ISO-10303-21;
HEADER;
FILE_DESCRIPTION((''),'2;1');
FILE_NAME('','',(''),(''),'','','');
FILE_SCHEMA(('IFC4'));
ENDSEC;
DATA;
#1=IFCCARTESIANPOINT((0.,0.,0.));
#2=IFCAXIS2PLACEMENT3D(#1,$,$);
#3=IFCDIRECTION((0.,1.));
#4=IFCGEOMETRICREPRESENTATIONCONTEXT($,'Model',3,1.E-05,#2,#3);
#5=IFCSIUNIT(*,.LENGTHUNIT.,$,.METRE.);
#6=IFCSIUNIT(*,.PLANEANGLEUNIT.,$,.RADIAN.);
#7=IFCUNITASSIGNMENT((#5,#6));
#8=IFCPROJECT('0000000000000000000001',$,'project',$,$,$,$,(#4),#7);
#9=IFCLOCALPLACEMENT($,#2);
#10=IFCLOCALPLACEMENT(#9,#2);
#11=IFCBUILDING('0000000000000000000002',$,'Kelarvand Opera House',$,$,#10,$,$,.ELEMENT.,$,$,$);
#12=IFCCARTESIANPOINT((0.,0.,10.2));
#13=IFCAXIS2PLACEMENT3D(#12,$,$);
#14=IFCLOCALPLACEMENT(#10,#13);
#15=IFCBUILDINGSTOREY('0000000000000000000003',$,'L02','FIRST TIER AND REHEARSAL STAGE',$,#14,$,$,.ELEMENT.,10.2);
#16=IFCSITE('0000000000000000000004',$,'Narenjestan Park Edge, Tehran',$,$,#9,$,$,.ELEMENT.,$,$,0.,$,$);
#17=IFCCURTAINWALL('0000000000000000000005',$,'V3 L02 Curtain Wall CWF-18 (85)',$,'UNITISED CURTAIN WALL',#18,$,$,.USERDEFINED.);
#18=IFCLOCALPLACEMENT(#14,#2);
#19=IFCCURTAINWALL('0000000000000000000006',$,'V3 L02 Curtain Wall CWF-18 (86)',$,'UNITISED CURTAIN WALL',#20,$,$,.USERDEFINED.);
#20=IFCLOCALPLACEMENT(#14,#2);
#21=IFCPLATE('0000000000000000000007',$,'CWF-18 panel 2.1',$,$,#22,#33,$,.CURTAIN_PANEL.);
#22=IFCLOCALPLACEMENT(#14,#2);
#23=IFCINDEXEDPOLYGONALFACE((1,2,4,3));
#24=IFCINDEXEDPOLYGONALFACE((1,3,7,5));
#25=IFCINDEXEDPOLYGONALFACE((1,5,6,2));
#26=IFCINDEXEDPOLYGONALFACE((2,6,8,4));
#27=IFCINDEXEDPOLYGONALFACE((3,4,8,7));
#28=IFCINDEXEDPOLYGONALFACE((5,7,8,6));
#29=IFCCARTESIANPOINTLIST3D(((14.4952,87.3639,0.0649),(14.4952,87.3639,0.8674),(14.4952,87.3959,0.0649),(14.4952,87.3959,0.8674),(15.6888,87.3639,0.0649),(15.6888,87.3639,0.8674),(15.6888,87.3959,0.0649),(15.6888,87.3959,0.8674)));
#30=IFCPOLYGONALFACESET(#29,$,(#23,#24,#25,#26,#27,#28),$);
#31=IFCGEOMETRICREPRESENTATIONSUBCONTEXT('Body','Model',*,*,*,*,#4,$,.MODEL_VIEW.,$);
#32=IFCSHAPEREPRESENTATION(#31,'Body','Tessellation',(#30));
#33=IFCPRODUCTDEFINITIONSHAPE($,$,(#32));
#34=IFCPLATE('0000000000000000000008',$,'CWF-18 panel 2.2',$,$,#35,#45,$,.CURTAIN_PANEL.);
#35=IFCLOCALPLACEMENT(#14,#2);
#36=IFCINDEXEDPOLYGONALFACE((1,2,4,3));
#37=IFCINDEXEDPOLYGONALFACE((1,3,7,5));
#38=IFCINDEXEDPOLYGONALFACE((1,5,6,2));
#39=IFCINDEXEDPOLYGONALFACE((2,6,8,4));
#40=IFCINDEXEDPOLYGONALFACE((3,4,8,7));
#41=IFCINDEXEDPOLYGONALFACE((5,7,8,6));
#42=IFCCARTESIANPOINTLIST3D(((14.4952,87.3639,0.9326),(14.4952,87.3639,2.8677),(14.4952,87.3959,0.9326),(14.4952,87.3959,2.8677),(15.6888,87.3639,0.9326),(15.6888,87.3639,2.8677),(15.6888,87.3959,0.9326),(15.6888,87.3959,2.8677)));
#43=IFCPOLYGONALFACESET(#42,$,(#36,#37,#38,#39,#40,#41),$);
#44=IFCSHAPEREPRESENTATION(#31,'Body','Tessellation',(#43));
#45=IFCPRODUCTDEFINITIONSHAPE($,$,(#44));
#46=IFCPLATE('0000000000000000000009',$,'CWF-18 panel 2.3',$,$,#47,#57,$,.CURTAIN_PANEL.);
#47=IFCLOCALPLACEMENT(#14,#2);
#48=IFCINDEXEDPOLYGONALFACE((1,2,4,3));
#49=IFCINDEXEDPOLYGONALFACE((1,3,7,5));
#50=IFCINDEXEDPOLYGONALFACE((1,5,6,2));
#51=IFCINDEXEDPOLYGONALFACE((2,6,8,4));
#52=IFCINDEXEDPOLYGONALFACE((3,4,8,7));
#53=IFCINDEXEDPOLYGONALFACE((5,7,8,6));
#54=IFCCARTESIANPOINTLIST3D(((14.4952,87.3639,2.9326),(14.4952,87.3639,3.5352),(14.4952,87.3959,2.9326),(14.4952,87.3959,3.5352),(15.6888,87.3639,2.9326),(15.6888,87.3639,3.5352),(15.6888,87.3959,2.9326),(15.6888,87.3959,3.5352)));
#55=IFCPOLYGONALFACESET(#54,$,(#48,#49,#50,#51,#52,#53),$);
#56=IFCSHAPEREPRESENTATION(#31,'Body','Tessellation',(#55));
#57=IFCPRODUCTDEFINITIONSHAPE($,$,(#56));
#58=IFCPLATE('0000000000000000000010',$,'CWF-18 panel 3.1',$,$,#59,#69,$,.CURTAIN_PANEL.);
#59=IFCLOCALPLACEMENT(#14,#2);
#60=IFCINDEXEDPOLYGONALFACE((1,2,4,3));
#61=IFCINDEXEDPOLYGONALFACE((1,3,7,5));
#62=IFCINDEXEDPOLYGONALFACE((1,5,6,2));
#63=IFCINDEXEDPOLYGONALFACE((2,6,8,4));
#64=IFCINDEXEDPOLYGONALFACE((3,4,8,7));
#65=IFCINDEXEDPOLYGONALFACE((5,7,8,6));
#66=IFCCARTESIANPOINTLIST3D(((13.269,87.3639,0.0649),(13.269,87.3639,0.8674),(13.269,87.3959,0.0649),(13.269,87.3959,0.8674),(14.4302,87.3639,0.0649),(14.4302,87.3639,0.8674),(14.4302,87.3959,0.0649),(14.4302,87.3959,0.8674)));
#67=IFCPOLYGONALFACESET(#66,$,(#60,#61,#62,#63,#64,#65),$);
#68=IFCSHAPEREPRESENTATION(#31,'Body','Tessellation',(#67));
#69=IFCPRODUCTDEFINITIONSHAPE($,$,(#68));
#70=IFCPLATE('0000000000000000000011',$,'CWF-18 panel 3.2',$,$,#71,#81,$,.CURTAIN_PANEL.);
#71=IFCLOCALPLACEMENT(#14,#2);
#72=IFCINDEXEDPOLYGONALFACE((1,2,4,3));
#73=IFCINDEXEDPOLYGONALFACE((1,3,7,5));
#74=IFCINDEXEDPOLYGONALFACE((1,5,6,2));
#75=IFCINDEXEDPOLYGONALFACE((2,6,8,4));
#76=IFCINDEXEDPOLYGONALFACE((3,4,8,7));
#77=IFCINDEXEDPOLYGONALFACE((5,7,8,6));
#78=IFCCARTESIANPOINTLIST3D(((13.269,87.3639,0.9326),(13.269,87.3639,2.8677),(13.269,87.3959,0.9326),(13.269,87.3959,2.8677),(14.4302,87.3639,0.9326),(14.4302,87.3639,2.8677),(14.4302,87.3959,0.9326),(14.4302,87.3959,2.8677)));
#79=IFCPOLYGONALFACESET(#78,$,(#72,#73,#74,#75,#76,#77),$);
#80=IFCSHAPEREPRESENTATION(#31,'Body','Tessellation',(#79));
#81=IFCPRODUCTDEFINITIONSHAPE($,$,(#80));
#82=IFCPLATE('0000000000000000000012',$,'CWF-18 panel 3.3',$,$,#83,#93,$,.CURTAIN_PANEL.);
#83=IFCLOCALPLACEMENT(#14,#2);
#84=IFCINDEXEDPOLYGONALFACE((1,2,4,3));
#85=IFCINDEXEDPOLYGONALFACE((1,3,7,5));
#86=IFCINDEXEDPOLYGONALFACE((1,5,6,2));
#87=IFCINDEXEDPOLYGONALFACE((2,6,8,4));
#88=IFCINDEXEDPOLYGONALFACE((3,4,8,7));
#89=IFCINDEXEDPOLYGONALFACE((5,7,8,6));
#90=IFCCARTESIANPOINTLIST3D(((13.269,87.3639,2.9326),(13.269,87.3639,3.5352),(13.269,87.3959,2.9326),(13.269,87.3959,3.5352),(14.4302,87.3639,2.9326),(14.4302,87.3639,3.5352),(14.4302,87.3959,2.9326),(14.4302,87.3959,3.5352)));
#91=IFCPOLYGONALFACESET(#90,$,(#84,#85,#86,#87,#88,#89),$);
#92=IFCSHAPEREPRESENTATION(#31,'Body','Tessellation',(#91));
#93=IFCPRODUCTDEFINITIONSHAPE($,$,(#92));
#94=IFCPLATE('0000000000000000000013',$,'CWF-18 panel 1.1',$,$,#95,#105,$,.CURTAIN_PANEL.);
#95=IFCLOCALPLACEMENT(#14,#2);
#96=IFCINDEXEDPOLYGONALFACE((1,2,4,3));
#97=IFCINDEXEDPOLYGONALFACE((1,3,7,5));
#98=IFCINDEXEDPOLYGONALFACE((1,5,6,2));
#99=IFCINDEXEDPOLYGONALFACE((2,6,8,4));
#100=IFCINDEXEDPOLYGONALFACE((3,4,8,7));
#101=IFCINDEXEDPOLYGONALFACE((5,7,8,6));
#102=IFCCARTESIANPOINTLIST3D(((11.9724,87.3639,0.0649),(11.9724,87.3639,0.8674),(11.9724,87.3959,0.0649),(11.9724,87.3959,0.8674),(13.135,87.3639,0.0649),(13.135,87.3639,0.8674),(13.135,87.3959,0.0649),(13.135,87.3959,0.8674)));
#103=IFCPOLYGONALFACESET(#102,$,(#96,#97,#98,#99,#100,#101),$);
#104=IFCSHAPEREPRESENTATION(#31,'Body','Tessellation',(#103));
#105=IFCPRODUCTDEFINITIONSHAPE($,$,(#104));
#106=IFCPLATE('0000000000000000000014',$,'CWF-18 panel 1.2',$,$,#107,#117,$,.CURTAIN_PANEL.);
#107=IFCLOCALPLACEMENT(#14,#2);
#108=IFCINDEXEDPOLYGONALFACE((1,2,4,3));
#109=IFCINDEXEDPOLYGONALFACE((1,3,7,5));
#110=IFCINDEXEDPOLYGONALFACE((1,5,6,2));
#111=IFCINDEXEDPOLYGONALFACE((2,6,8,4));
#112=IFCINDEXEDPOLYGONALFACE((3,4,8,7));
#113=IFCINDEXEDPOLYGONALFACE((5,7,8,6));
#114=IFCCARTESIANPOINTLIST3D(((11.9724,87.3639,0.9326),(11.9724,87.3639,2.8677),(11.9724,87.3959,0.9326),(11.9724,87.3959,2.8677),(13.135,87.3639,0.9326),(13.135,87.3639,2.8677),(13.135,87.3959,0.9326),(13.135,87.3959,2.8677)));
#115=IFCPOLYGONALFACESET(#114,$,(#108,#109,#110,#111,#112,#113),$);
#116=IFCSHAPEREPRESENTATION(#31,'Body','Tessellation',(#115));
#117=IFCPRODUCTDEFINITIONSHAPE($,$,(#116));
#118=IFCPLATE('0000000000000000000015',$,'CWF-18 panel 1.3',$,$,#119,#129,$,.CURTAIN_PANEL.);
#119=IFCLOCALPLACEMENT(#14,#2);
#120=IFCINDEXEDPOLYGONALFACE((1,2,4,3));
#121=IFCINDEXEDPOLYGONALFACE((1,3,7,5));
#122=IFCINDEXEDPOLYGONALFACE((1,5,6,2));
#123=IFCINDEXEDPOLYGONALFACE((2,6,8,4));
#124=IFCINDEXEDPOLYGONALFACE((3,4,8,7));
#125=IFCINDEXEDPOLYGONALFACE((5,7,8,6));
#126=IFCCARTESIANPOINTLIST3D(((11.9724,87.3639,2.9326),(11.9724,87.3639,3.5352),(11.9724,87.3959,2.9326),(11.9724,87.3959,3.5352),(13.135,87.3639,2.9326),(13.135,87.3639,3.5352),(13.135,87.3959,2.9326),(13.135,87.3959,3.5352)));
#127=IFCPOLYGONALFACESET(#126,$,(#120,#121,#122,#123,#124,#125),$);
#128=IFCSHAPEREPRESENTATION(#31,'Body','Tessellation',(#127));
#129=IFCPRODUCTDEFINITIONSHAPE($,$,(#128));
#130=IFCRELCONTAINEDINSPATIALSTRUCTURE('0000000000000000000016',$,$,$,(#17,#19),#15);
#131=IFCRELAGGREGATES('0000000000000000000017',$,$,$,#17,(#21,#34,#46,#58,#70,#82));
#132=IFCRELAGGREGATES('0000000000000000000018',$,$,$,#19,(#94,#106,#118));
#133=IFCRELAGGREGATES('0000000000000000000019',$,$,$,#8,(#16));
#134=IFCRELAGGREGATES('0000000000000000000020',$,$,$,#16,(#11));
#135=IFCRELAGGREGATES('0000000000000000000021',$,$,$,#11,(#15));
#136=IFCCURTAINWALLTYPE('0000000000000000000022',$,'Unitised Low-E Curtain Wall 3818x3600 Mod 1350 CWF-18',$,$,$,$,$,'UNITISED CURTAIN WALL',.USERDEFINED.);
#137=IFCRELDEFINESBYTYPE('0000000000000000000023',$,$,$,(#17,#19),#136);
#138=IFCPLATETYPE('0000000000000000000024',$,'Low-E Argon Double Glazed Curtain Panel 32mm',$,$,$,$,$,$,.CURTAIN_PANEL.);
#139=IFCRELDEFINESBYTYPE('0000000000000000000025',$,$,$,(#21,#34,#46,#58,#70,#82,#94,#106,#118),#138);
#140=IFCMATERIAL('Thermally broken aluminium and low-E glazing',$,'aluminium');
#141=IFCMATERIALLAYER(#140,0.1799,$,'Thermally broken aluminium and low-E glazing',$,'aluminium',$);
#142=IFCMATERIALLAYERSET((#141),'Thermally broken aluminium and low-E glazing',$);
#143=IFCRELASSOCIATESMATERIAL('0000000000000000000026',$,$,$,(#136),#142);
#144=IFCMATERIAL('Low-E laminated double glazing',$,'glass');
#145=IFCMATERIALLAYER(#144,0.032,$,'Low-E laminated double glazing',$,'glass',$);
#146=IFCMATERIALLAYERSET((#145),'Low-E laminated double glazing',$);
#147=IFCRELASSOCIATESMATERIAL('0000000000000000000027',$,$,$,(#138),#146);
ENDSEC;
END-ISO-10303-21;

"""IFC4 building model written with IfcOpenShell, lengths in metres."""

from ifc_helpers import new_model, si_unit, direction, frame, origin, origin_2d, place, context, subcontext, project, spatial, rectangle, extrude, material, layer, layer_set, type_object, element, aggregate, save


model = new_model("IFC4")

# Units and contexts
model_context = context("Model", 3, precision=1e-05, world=origin(), true_north=direction((0.0, 1.0)))
body_context = subcontext(model_context, "Body", "Model", "MODEL_VIEW")
ifc_project = project(units=[si_unit("LENGTHUNIT", "METRE"), si_unit("PLANEANGLEUNIT", "RADIAN")], contexts=[model_context])

# Site, building, storey
site_placement = place(None, origin())
site = spatial("IfcSite", under=ifc_project, at=site_placement, Name="Narenjestan Park Edge, Tehran", CompositionType="ELEMENT", RefElevation=0.0)
building_placement = place(site_placement, origin())
building = spatial("IfcBuilding", under=site, at=building_placement, Name="Kelarvand Opera House", CompositionType="ELEMENT")
storey_placement = place(building_placement, frame((0.0, 0.0, 10.2)))
storey = spatial("IfcBuildingStorey", under=building, at=storey_placement, Name="L02", Description="FIRST TIER AND REHEARSAL STAGE", CompositionType="ELEMENT", Elevation=10.2)

# Curtain walls
ifc_material_1 = material(Name="Thermally broken aluminium and low-E glazing", Category="aluminium")
ifc_layer_1 = layer(ifc_material_1, 0.1799, Name="Thermally broken aluminium and low-E glazing", Category="aluminium")
ifc_layer_set_1 = layer_set([ifc_layer_1], Name="Thermally broken aluminium and low-E glazing")
curtain_wall_type = type_object("IfcCurtainWallType", Name="Unitised Low-E Curtain Wall 3818x3600 Mod 1350 CWF-18", ElementType="UNITISED CURTAIN WALL", PredefinedType="USERDEFINED", material=ifc_layer_set_1)
curtain_wall_1_placement = place(storey_placement, origin())
curtain_wall_1 = element("IfcCurtainWall", 1, at=curtain_wall_1_placement, inside=storey, type_object=curtain_wall_type, Name="V3 L02 Curtain Wall CWF-18 (85)", ObjectType="UNITISED CURTAIN WALL", PredefinedType="USERDEFINED")
curtain_wall_2_placement = place(storey_placement, origin())
curtain_wall_2 = element("IfcCurtainWall", 2, at=curtain_wall_2_placement, inside=storey, type_object=curtain_wall_type, Name="V3 L02 Curtain Wall CWF-18 (86)", ObjectType="UNITISED CURTAIN WALL", PredefinedType="USERDEFINED")

# Plates
ifc_material_2 = material(Name="Low-E laminated double glazing", Category="glass")
ifc_layer_2 = layer(ifc_material_2, 0.032, Name="Low-E laminated double glazing", Category="glass")
ifc_layer_set_2 = layer_set([ifc_layer_2], Name="Low-E laminated double glazing")
plate_type = type_object("IfcPlateType", Name="Low-E Argon Double Glazed Curtain Panel 32mm", PredefinedType="CURTAIN_PANEL", material=ifc_layer_set_2)
plate_1_placement = place(storey_placement, frame((15.092, 87.3799, 0.0649), z_axis=(0.0, 0.0, 1.0), x_axis=(-1.0, 0.0, 0.0)))
plate_1 = element("IfcPlate", 3, at=plate_1_placement, type_object=plate_type, Name="CWF-18 panel 2.1", PredefinedType="CURTAIN_PANEL", context=body_context, shape_type="SweptSolid", body=[
    extrude(rectangle(XDim=1.1936, YDim=0.032, at=origin_2d()), origin(), (0.0, 0.0, 1.0), 0.8025),
])
plate_2_placement = place(storey_placement, frame((15.092, 87.3799, 0.9326), z_axis=(0.0, 0.0, 1.0), x_axis=(-1.0, 0.0, 0.0)))
plate_2 = element("IfcPlate", 4, at=plate_2_placement, type_object=plate_type, Name="CWF-18 panel 2.2", PredefinedType="CURTAIN_PANEL", context=body_context, shape_type="SweptSolid", body=[
    extrude(rectangle(XDim=1.1936, YDim=0.032, at=origin_2d()), origin(), (0.0, 0.0, 1.0), 1.9351),
])
plate_3_placement = place(storey_placement, frame((15.092, 87.3799, 2.9326), z_axis=(0.0, 0.0, 1.0), x_axis=(-1.0, 0.0, 0.0)))
plate_3 = element("IfcPlate", 5, at=plate_3_placement, type_object=plate_type, Name="CWF-18 panel 2.3", PredefinedType="CURTAIN_PANEL", context=body_context, shape_type="SweptSolid", body=[
    extrude(rectangle(XDim=1.1936, YDim=0.032, at=origin_2d()), origin(), (0.0, 0.0, 1.0), 0.6025),
])
plate_4_placement = place(storey_placement, frame((13.8496, 87.3799, 0.0649), z_axis=(0.0, 0.0, 1.0), x_axis=(-1.0, 0.0, 0.0)))
plate_4 = element("IfcPlate", 6, at=plate_4_placement, type_object=plate_type, Name="CWF-18 panel 3.1", PredefinedType="CURTAIN_PANEL", context=body_context, shape_type="SweptSolid", body=[
    extrude(rectangle(XDim=1.1611, YDim=0.032, at=origin_2d()), origin(), (0.0, 0.0, 1.0), 0.8025),
])
plate_5_placement = place(storey_placement, frame((13.8496, 87.3799, 0.9326), z_axis=(0.0, 0.0, 1.0), x_axis=(-1.0, 0.0, 0.0)))
plate_5 = element("IfcPlate", 7, at=plate_5_placement, type_object=plate_type, Name="CWF-18 panel 3.2", PredefinedType="CURTAIN_PANEL", context=body_context, shape_type="SweptSolid", body=[
    extrude(rectangle(XDim=1.1611, YDim=0.032, at=origin_2d()), origin(), (0.0, 0.0, 1.0), 1.9351),
])
plate_6_placement = place(storey_placement, frame((13.8496, 87.3799, 2.9326), z_axis=(0.0, 0.0, 1.0), x_axis=(-1.0, 0.0, 0.0)))
plate_6 = element("IfcPlate", 8, at=plate_6_placement, type_object=plate_type, Name="CWF-18 panel 3.3", PredefinedType="CURTAIN_PANEL", context=body_context, shape_type="SweptSolid", body=[
    extrude(rectangle(XDim=1.1611, YDim=0.032, at=origin_2d()), origin(), (0.0, 0.0, 1.0), 0.6025),
])
aggregate(curtain_wall_1, [plate_1, plate_2, plate_3, plate_4, plate_5, plate_6])
plate_7_placement = place(storey_placement, frame((12.5537, 87.3799, 0.0649), z_axis=(0.0, 0.0, 1.0), x_axis=(-1.0, 0.0, 0.0)))
plate_7 = element("IfcPlate", 9, at=plate_7_placement, type_object=plate_type, Name="CWF-18 panel 1.1", PredefinedType="CURTAIN_PANEL", context=body_context, shape_type="SweptSolid", body=[
    extrude(rectangle(XDim=1.1626, YDim=0.032, at=origin_2d()), origin(), (0.0, 0.0, 1.0), 0.8025),
])
plate_8_placement = place(storey_placement, frame((12.5537, 87.3799, 0.9326), z_axis=(0.0, 0.0, 1.0), x_axis=(-1.0, 0.0, 0.0)))
plate_8 = element("IfcPlate", 10, at=plate_8_placement, type_object=plate_type, Name="CWF-18 panel 1.2", PredefinedType="CURTAIN_PANEL", context=body_context, shape_type="SweptSolid", body=[
    extrude(rectangle(XDim=1.1626, YDim=0.032, at=origin_2d()), origin(), (0.0, 0.0, 1.0), 1.9351),
])
plate_9_placement = place(storey_placement, frame((12.5537, 87.3799, 2.9326), z_axis=(0.0, 0.0, 1.0), x_axis=(-1.0, 0.0, 0.0)))
plate_9 = element("IfcPlate", 11, at=plate_9_placement, type_object=plate_type, Name="CWF-18 panel 1.3", PredefinedType="CURTAIN_PANEL", context=body_context, shape_type="SweptSolid", body=[
    extrude(rectangle(XDim=1.1626, YDim=0.032, at=origin_2d()), origin(), (0.0, 0.0, 1.0), 0.6025),
])
aggregate(curtain_wall_2, [plate_7, plate_8, plate_9])

save(model, "model.ifc")
